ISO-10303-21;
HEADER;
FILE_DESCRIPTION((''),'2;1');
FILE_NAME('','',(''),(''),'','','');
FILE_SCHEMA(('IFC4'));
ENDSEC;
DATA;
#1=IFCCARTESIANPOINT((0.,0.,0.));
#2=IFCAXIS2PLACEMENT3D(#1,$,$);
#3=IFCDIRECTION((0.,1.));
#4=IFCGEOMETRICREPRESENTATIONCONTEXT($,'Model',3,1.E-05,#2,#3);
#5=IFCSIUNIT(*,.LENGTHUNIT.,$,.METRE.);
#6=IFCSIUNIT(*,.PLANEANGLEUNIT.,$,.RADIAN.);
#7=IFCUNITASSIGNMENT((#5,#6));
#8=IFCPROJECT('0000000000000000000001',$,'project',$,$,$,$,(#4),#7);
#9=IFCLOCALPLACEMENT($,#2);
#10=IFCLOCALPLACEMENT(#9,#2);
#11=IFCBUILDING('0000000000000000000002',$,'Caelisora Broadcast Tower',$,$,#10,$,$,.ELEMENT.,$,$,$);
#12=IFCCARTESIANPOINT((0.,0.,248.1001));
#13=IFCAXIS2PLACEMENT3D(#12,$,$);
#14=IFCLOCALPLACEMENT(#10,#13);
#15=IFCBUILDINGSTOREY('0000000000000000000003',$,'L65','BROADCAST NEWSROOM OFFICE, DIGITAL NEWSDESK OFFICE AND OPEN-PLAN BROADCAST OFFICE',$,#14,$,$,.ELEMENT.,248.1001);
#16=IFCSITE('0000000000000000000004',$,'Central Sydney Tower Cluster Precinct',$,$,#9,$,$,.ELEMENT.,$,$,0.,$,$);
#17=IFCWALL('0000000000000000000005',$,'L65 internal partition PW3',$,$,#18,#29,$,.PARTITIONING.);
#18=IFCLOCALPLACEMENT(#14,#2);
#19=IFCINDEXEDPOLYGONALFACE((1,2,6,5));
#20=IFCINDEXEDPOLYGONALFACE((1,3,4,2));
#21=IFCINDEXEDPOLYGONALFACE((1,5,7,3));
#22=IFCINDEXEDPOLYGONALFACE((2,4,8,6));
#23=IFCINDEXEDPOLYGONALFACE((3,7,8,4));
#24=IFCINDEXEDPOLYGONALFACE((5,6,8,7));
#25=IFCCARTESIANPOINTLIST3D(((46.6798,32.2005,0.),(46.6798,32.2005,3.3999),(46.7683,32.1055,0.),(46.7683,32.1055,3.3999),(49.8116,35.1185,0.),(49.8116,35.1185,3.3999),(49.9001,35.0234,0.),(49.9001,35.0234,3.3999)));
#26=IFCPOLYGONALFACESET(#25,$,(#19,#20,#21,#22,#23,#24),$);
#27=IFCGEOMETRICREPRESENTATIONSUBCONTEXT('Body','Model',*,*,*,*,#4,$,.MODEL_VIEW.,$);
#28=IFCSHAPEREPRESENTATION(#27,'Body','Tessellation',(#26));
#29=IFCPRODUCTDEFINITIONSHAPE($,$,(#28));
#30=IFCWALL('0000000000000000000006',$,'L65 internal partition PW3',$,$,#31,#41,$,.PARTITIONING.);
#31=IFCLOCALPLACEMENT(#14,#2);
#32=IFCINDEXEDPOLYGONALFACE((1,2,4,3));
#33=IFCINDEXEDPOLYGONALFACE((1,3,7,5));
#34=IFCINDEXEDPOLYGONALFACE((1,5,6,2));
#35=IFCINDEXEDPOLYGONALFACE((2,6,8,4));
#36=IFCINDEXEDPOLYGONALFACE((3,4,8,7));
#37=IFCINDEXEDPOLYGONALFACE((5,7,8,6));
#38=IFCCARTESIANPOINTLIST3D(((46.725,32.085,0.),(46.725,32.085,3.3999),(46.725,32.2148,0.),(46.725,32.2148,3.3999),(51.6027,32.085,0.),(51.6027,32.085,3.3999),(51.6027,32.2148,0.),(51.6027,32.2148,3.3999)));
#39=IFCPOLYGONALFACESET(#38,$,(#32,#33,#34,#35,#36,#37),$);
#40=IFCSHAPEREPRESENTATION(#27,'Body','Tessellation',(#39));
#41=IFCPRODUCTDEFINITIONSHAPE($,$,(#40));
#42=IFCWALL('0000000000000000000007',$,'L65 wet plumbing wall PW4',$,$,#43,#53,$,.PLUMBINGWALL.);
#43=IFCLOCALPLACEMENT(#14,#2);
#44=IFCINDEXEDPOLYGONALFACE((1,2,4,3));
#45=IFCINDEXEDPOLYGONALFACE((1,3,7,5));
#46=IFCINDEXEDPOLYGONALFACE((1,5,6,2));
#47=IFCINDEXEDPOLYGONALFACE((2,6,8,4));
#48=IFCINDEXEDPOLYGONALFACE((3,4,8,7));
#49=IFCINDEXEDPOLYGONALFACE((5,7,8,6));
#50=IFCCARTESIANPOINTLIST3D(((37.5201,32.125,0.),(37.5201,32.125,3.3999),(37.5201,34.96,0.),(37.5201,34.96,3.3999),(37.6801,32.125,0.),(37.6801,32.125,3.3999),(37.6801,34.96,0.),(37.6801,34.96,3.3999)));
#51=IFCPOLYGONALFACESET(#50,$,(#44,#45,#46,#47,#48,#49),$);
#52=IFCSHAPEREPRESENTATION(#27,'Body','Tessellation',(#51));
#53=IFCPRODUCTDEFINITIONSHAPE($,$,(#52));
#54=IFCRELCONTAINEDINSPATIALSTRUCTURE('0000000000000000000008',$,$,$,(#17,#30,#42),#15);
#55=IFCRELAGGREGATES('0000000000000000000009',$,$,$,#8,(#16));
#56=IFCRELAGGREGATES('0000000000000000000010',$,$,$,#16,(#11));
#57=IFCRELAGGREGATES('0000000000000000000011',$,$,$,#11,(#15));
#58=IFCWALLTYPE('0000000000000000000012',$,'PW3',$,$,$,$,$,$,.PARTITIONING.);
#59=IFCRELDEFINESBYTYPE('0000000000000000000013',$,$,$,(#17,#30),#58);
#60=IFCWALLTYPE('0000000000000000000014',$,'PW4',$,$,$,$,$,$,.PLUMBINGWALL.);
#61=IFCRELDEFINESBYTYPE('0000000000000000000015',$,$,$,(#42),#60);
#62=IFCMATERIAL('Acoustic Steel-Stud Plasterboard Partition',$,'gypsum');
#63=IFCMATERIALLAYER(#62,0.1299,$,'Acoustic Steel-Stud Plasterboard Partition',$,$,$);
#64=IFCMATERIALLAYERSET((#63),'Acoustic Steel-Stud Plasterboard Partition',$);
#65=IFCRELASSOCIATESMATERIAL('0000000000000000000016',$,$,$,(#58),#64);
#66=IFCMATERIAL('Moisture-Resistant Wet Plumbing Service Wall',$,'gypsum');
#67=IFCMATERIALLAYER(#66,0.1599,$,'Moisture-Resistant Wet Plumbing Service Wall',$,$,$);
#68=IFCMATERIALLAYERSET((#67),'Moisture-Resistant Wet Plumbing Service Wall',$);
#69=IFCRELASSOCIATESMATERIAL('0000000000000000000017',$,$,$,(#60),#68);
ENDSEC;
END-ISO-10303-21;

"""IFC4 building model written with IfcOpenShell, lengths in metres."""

from ifc_helpers import new_model, si_unit, direction, frame, frame_2d, origin, place, context, subcontext, project, spatial, rectangle, extrude, material, layer, layer_set, type_object, element, save


model = new_model("IFC4")

# Units and contexts
model_context = context("Model", 3, precision=1e-05, world=origin(), true_north=direction((0.0, 1.0)))
body_context = subcontext(model_context, "Body", "Model", "MODEL_VIEW")
ifc_project = project(units=[si_unit("LENGTHUNIT", "METRE"), si_unit("PLANEANGLEUNIT", "RADIAN")], contexts=[model_context])

# Site, building, storey
site_placement = place(None, origin())
site = spatial("IfcSite", under=ifc_project, at=site_placement, Name="Central Sydney Tower Cluster Precinct", CompositionType="ELEMENT", RefElevation=0.0)
building_placement = place(site_placement, origin())
building = spatial("IfcBuilding", under=site, at=building_placement, Name="Caelisora Broadcast Tower", CompositionType="ELEMENT")
storey_placement = place(building_placement, frame((0.0, 0.0, 248.1001)))
storey = spatial("IfcBuildingStorey", under=building, at=storey_placement, Name="L65", Description="BROADCAST NEWSROOM OFFICE, DIGITAL NEWSDESK OFFICE AND OPEN-PLAN BROADCAST OFFICE", CompositionType="ELEMENT", Elevation=248.1001)

# Shared definitions
ifc_material_1 = material(Name="Acoustic Steel-Stud Plasterboard Partition", Category="gypsum")
ifc_layer_1 = layer(ifc_material_1, 0.1299, Name="Acoustic Steel-Stud Plasterboard Partition")
ifc_layer_set_1 = layer_set([ifc_layer_1], Name="Acoustic Steel-Stud Plasterboard Partition")
wall_type_1 = type_object("IfcWallType", Name="PW3", PredefinedType="PARTITIONING", material=ifc_layer_set_1)

# Walls
wall_1_placement = place(storey_placement, frame((46.7241, 32.1531, 0.0), z_axis=(0.0, 0.0, 1.0), x_axis=(0.731647, 0.681684, 0.0)))
element("IfcWall", 1, at=wall_1_placement, inside=storey, type_object=wall_type_1, Name="L65 internal partition PW3", PredefinedType="PARTITIONING", context=body_context, shape_type="SweptSolid", body=[
    extrude(rectangle(XDim=4.2805, YDim=0.1299, at=frame_2d((2.1401, 0.0))), origin(), (0.0, 0.0, 1.0), 3.3999),
])
wall_2_placement = place(storey_placement, frame((51.6028, 32.1499, 0.0), z_axis=(0.0, 0.0, 1.0), x_axis=(-1.0, 0.0, 0.0)))
element("IfcWall", 2, at=wall_2_placement, inside=storey, type_object=wall_type_1, Name="L65 internal partition PW3", PredefinedType="PARTITIONING", context=body_context, shape_type="SweptSolid", body=[
    extrude(rectangle(XDim=4.8777, YDim=0.1299, at=frame_2d((2.439, 0.0))), origin(), (0.0, 0.0, 1.0), 3.3999),
])

# Wall
ifc_material_2 = material(Name="Moisture-Resistant Wet Plumbing Service Wall", Category="gypsum")
ifc_layer_2 = layer(ifc_material_2, 0.1599, Name="Moisture-Resistant Wet Plumbing Service Wall")
ifc_layer_set_2 = layer_set([ifc_layer_2], Name="Moisture-Resistant Wet Plumbing Service Wall")
wall_type_2 = type_object("IfcWallType", Name="PW4", PredefinedType="PLUMBINGWALL", material=ifc_layer_set_2)
wall_3_placement = place(storey_placement, frame((37.6001, 32.125, 0.0), z_axis=(0.0, 0.0, 1.0), x_axis=(0.0, 1.0, 0.0)))
element("IfcWall", 3, at=wall_3_placement, inside=storey, type_object=wall_type_2, Name="L65 wet plumbing wall PW4", PredefinedType="PLUMBINGWALL", context=body_context, shape_type="SweptSolid", body=[
    extrude(rectangle(XDim=2.835, YDim=0.1599, at=frame_2d((1.4175, 0.0))), origin(), (0.0, 0.0, 1.0), 3.3999),
])

save(model, "model.ifc")
